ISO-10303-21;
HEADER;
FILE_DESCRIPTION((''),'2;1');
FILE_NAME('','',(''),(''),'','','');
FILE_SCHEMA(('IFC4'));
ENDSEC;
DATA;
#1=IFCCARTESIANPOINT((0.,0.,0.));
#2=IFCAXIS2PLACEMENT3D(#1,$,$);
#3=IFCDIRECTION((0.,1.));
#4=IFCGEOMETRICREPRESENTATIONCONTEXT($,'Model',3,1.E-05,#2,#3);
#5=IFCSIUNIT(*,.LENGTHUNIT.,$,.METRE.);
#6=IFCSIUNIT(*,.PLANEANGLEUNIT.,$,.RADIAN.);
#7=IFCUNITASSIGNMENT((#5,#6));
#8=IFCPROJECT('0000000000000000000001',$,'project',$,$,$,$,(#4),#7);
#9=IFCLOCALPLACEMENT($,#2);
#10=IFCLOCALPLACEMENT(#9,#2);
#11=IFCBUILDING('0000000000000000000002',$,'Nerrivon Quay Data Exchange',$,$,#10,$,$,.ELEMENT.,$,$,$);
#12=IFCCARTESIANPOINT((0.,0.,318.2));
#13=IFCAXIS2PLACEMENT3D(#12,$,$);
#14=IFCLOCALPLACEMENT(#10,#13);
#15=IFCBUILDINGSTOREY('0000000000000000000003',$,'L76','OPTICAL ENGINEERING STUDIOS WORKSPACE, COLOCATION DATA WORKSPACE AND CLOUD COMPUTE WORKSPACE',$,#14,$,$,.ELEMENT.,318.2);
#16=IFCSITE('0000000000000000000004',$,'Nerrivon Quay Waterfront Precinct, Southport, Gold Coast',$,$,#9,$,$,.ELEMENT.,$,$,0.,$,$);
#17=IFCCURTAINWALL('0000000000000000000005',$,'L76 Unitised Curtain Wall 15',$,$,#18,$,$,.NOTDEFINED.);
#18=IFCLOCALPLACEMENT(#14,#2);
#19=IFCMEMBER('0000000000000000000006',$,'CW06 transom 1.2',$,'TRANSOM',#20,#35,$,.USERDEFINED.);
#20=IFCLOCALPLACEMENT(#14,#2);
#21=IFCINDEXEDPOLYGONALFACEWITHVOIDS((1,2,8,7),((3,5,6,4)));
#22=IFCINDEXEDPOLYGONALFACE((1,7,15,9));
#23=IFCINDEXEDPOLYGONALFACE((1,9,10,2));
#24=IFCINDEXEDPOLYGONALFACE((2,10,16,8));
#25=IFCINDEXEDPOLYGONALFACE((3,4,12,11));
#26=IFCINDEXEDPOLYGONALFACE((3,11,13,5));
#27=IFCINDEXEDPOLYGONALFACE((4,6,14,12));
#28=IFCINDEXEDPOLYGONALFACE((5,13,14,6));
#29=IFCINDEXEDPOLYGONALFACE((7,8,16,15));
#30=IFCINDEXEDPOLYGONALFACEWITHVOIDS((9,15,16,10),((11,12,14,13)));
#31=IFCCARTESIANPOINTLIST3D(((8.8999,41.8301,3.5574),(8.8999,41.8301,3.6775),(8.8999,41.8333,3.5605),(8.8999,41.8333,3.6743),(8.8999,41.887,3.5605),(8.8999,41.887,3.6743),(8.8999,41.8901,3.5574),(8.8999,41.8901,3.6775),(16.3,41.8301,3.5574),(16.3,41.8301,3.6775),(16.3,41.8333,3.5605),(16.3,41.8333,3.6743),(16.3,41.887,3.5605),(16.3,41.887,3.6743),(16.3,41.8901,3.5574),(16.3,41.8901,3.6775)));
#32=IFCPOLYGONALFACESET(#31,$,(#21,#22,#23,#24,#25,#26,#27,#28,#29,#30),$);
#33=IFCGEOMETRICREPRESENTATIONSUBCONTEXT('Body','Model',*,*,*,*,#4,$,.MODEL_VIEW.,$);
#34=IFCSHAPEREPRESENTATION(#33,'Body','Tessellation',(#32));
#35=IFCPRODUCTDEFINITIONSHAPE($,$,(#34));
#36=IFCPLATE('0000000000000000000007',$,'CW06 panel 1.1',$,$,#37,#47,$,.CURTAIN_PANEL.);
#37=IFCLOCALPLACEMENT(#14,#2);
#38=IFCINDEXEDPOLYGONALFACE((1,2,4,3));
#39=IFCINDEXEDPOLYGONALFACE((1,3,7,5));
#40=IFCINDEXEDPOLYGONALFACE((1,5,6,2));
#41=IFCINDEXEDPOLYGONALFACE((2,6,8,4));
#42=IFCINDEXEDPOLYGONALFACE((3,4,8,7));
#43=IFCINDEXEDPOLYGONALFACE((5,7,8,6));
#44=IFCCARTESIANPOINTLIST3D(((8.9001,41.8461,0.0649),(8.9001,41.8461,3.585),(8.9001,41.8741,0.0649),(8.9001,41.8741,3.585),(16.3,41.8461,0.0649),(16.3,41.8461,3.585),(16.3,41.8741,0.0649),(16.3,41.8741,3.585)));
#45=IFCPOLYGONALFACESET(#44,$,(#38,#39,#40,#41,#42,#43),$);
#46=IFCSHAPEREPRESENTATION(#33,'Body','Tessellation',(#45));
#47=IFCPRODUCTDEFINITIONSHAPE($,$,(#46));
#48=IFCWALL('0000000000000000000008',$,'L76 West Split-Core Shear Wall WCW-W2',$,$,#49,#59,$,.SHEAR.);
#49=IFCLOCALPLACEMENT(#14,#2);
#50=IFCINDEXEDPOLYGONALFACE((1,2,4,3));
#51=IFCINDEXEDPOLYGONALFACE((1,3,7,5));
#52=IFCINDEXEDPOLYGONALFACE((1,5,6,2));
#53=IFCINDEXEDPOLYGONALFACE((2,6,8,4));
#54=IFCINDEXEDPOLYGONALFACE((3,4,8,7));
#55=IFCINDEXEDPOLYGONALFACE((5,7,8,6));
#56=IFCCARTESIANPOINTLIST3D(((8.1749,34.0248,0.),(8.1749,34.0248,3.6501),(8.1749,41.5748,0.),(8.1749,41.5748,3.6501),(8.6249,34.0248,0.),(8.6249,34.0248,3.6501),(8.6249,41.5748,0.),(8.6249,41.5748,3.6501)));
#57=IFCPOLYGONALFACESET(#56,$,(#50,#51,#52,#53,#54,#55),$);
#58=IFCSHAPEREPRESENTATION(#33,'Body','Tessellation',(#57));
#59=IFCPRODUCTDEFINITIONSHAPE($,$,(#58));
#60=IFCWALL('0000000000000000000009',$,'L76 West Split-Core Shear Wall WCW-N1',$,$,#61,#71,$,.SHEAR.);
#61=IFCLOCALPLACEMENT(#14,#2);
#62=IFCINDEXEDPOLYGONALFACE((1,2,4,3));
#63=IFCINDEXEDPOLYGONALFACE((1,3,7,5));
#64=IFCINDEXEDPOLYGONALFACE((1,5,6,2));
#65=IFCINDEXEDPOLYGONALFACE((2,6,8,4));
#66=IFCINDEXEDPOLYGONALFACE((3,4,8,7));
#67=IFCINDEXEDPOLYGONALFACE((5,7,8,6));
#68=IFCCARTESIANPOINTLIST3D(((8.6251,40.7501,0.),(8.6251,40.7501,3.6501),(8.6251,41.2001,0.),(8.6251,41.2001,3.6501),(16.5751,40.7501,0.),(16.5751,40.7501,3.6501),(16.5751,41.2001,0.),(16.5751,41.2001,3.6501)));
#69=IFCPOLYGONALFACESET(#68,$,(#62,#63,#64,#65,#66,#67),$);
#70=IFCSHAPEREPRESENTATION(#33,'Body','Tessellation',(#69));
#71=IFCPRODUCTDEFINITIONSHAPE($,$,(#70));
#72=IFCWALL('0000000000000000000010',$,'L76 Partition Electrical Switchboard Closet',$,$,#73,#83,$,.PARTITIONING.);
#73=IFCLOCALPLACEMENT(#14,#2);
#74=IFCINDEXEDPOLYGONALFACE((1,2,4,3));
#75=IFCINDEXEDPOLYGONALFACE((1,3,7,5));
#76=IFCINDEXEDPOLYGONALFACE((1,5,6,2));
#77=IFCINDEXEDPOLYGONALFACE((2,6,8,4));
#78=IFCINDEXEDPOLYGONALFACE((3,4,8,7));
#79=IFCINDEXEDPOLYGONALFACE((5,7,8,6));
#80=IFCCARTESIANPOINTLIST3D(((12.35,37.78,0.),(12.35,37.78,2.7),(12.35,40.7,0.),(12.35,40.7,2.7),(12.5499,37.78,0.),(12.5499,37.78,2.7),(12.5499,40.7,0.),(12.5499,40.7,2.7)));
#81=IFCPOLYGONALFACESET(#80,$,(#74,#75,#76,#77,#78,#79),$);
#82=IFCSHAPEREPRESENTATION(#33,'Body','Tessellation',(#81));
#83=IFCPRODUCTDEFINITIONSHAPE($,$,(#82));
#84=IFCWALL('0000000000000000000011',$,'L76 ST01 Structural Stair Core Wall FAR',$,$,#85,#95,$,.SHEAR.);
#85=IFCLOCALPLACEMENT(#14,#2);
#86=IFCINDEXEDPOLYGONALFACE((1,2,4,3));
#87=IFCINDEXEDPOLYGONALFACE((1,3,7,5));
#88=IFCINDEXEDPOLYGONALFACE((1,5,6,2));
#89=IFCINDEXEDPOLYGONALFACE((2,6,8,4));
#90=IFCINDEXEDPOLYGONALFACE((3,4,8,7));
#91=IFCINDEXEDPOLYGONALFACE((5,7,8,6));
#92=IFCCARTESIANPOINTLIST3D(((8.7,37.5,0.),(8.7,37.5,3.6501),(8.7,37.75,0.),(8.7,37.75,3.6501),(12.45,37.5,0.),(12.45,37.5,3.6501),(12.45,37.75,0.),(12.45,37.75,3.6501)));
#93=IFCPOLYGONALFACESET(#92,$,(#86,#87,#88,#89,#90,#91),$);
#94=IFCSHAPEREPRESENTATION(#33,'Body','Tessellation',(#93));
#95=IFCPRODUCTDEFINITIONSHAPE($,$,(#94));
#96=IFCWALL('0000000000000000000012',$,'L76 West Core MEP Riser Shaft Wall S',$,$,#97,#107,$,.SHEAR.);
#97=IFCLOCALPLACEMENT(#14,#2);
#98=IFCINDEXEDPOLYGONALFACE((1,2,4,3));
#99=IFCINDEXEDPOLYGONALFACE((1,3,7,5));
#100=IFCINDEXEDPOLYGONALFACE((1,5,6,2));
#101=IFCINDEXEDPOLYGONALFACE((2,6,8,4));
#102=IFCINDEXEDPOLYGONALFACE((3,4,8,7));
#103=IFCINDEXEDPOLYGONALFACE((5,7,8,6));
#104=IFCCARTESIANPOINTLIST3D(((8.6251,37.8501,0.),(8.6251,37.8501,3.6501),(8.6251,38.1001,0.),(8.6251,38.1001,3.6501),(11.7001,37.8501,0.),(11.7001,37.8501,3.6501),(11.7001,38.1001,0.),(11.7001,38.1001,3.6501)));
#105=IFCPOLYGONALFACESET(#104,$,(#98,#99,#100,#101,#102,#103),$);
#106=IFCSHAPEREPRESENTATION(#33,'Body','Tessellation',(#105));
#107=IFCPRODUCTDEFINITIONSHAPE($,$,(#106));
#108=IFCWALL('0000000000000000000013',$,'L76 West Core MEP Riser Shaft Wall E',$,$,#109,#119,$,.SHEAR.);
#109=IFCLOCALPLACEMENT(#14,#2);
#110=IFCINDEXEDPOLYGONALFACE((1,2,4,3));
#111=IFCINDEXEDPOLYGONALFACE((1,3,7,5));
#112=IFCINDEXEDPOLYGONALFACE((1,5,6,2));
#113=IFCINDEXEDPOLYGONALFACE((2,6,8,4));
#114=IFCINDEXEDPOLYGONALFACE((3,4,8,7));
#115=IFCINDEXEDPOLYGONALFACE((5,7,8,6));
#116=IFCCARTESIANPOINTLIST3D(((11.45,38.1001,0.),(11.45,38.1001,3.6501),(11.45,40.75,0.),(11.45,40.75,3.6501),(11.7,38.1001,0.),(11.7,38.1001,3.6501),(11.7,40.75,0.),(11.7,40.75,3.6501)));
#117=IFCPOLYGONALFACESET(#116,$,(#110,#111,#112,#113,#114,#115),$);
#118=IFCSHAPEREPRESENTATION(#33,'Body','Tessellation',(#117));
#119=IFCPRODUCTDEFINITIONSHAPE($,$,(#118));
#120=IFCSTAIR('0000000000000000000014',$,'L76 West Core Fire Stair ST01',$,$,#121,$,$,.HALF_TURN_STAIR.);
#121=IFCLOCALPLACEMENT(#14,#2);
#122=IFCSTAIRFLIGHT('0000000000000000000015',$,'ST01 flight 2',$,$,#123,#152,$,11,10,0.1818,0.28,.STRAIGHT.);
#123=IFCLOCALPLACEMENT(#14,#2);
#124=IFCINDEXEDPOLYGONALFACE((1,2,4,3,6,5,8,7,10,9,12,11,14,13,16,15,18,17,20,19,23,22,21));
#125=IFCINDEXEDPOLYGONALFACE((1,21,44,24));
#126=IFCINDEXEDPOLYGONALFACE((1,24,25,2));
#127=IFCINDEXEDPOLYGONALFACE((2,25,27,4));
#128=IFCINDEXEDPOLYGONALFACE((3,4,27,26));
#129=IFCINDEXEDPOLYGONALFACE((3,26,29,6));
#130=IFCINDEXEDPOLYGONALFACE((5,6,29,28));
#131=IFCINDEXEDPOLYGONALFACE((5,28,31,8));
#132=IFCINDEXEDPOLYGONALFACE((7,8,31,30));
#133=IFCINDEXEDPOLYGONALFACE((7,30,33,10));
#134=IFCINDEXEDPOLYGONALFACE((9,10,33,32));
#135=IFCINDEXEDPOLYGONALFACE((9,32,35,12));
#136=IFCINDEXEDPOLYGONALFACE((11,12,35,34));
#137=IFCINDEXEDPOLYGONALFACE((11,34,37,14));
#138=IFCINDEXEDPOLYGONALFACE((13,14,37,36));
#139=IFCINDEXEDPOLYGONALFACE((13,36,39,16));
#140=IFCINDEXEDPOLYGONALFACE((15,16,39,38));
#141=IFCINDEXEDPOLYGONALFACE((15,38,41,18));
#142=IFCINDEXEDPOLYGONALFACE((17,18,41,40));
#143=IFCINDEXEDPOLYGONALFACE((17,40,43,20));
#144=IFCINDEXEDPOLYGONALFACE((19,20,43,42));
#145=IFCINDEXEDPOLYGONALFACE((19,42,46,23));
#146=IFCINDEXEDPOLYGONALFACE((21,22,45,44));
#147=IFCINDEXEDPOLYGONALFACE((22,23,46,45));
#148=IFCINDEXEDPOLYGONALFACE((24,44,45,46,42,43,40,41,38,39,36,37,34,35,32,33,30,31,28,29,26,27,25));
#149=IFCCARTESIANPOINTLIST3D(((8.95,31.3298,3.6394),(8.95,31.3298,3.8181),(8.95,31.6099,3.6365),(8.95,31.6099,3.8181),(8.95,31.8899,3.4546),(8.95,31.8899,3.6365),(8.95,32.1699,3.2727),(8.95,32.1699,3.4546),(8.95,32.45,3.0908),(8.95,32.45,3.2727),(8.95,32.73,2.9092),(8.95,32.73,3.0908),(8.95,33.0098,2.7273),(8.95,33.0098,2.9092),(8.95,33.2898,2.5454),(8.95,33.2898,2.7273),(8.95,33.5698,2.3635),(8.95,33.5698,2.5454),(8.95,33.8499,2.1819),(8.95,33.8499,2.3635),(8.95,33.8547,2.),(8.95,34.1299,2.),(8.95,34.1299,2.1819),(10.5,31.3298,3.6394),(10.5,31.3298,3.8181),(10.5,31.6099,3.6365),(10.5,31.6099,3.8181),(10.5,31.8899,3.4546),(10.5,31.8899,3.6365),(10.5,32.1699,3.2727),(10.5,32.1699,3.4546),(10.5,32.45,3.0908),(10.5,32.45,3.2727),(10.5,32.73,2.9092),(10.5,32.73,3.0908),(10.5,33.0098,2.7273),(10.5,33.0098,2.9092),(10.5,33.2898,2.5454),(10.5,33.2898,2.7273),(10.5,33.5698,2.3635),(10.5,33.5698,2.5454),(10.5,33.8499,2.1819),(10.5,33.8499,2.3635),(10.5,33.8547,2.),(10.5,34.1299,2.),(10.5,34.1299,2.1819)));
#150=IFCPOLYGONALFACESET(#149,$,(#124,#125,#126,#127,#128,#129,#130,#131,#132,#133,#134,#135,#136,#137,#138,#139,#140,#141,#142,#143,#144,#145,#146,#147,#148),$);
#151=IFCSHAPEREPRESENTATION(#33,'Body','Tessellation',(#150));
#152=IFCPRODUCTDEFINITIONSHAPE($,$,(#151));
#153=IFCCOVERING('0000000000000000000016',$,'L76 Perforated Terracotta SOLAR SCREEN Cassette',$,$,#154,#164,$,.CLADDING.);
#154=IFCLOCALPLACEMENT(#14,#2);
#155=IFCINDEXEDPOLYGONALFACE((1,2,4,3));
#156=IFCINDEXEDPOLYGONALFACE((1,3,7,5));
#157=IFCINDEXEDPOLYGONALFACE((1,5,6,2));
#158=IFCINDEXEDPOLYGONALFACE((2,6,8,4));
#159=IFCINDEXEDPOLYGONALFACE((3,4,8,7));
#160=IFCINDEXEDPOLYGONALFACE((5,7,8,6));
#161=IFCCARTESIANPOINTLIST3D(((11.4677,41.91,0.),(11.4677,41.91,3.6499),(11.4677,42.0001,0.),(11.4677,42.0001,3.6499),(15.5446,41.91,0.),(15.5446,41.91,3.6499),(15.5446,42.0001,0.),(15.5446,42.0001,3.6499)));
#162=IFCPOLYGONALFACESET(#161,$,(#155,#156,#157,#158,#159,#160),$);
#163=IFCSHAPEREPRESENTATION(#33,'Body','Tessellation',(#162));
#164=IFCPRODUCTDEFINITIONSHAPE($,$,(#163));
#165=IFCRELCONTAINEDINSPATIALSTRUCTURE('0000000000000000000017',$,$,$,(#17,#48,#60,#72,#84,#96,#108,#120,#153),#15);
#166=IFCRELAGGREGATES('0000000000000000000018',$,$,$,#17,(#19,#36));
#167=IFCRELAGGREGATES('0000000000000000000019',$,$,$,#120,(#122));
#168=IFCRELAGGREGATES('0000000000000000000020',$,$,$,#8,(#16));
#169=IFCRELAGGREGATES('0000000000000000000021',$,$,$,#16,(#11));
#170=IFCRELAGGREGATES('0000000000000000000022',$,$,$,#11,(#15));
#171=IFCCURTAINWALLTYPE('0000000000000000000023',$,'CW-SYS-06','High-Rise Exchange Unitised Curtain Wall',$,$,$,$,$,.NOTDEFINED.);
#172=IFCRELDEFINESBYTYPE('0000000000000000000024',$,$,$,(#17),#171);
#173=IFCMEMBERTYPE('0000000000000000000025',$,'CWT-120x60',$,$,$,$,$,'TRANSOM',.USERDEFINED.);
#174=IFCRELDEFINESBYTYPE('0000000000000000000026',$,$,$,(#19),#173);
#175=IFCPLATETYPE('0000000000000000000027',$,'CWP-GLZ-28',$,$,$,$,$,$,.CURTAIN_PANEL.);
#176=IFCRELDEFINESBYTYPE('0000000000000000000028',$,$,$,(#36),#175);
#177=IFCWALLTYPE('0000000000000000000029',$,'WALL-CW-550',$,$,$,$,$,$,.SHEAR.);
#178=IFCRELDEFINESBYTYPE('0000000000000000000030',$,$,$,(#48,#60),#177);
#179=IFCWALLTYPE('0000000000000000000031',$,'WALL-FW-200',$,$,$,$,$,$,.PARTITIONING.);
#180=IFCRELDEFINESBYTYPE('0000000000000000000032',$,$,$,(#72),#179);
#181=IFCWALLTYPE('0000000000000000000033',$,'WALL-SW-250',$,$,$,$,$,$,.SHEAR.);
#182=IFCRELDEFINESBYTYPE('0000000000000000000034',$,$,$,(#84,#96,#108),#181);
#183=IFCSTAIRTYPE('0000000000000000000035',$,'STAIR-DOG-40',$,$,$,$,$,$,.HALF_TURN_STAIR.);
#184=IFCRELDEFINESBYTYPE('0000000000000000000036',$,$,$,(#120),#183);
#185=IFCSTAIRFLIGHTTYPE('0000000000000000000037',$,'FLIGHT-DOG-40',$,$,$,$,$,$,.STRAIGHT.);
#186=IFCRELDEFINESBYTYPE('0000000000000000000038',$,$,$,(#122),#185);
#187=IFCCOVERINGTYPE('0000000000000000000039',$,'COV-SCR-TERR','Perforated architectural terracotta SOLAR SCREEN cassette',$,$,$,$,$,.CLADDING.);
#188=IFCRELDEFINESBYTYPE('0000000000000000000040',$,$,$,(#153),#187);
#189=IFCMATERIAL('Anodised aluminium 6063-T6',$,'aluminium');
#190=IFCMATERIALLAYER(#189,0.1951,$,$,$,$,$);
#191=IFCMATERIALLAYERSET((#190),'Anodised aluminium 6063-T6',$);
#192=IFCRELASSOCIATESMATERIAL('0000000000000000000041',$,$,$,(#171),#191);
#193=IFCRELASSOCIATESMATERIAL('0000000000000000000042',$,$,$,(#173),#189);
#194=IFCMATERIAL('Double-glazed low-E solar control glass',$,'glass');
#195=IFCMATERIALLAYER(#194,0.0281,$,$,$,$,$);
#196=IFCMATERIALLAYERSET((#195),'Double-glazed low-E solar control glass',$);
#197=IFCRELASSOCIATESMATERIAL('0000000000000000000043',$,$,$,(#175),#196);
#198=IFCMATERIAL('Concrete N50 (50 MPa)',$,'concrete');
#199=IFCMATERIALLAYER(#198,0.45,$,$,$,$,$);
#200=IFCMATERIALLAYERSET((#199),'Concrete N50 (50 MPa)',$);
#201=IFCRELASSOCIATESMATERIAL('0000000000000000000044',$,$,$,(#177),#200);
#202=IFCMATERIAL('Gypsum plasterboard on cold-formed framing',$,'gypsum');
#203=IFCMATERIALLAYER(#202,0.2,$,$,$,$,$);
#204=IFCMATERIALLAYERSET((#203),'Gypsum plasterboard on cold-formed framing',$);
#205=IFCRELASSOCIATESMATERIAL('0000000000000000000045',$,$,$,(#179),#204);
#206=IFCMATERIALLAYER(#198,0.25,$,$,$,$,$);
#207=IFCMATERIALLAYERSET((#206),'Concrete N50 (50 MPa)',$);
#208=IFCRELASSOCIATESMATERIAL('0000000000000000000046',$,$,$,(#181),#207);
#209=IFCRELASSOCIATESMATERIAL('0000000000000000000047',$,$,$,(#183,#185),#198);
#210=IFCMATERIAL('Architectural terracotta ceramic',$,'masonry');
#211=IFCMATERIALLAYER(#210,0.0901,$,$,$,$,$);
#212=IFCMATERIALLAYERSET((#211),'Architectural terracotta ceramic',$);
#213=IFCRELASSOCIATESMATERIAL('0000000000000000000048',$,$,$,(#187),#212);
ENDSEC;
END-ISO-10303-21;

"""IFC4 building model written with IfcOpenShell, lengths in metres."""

from ifc_helpers import new_model, si_unit, direction, frame, frame_2d, origin, origin_2d, place, context, subcontext, project, spatial, polyline, rectangle, hollow_rectangle, outline, extrude, material, layer, layer_set, material_profile, profile_set, type_object, element, aggregate, save


model = new_model("IFC4")

# Units and contexts
model_context = context("Model", 3, precision=1e-05, world=origin(), true_north=direction((0.0, 1.0)))
body_context = subcontext(model_context, "Body", "Model", "MODEL_VIEW")
ifc_project = project(units=[si_unit("LENGTHUNIT", "METRE"), si_unit("PLANEANGLEUNIT", "RADIAN")], contexts=[model_context])

# Site, building, storey
site_placement = place(None, origin())
site = spatial("IfcSite", under=ifc_project, at=site_placement, Name="Nerrivon Quay Waterfront Precinct, Southport, Gold Coast", CompositionType="ELEMENT", RefElevation=0.0)
building_placement = place(site_placement, origin())
building = spatial("IfcBuilding", under=site, at=building_placement, Name="Nerrivon Quay Data Exchange", CompositionType="ELEMENT")
storey_placement = place(building_placement, frame((0.0, 0.0, 318.2)))
storey = spatial("IfcBuildingStorey", under=building, at=storey_placement, Name="L76", Description="OPTICAL ENGINEERING STUDIOS WORKSPACE, COLOCATION DATA WORKSPACE AND CLOUD COMPUTE WORKSPACE", CompositionType="ELEMENT", Elevation=318.2)

# Shared definitions
ifc_material_1 = material(Name="Concrete N50 (50 MPa)", Category="concrete")

# Curtain wall, member, plate
ifc_material_2 = material(Name="Anodised aluminium 6063-T6", Category="aluminium")
ifc_layer_1 = layer(ifc_material_2, 0.1951)
ifc_layer_set_1 = layer_set([ifc_layer_1], Name="Anodised aluminium 6063-T6")
curtain_wall_type = type_object("IfcCurtainWallType", Name="CW-SYS-06", Description="High-Rise Exchange Unitised Curtain Wall", PredefinedType="NOTDEFINED", material=ifc_layer_set_1)
curtain_wall_placement = place(storey_placement, origin())
curtain_wall = element("IfcCurtainWall", 1, at=curtain_wall_placement, inside=storey, type_object=curtain_wall_type, Name="L76 Unitised Curtain Wall 15", PredefinedType="NOTDEFINED")
ifc_material_profile_1 = material_profile(ifc_material_2, hollow_rectangle(XDim=0.0601, YDim=0.1201, WallThickness=0.0032, at=origin_2d()), Name="ALU-TRAN-120x60")
ifc_profile_set_1 = profile_set([ifc_material_profile_1], Name="Anodised aluminium 6063-T6")
member_type_1 = type_object("IfcMemberType", Name="CWT-120x60", ElementType="TRANSOM", PredefinedType="USERDEFINED", material=ifc_profile_set_1)
member_1_placement = place(storey_placement, frame((8.8999, 41.8601, 3.6174), z_axis=(1.0, 0.0, 0.0), x_axis=(0.0, 1.0, 0.0)))
member_1 = element("IfcMember", 2, at=member_1_placement, type_object=member_type_1, Name="CW06 transom 1.2", ObjectType="TRANSOM", PredefinedType="USERDEFINED", context=body_context, shape_type="SweptSolid", body=[
    extrude(hollow_rectangle(XDim=0.0601, YDim=0.1201, WallThickness=0.0032, at=origin_2d()), origin(), (0.0, 0.0, 1.0), 7.4001),
])
ifc_material_3 = material(Name="Double-glazed low-E solar control glass", Category="glass")
ifc_layer_2 = layer(ifc_material_3, 0.0281)
ifc_layer_set_2 = layer_set([ifc_layer_2], Name="Double-glazed low-E solar control glass")
plate_type = type_object("IfcPlateType", Name="CWP-GLZ-28", PredefinedType="CURTAIN_PANEL", material=ifc_layer_set_2)
plate_placement = place(storey_placement, frame((12.6001, 41.8601, 0.0649), z_axis=(0.0, 0.0, 1.0), x_axis=(1.0, 0.0, 0.0)))
plate = element("IfcPlate", 3, at=plate_placement, type_object=plate_type, Name="CW06 panel 1.1", PredefinedType="CURTAIN_PANEL", context=body_context, shape_type="SweptSolid", body=[
    extrude(rectangle(XDim=7.3999, YDim=0.0281, at=origin_2d()), origin(), (0.0, 0.0, 1.0), 3.52),
])
aggregate(curtain_wall, [member_1, plate])

# Walls
ifc_layer_3 = layer(ifc_material_1, 0.45)
ifc_layer_set_3 = layer_set([ifc_layer_3], Name="Concrete N50 (50 MPa)")
wall_type_1 = type_object("IfcWallType", Name="WALL-CW-550", PredefinedType="SHEAR", material=ifc_layer_set_3)
wall_1_placement = place(storey_placement, frame((8.3999, 34.0249, 0.0), z_axis=(0.0, 0.0, 1.0), x_axis=(0.0, 1.0, 0.0)))
element("IfcWall", 4, at=wall_1_placement, inside=storey, type_object=wall_type_1, Name="L76 West Split-Core Shear Wall WCW-W2", PredefinedType="SHEAR", context=body_context, shape_type="SweptSolid", body=[
    extrude(rectangle(XDim=7.55, YDim=0.45, at=frame_2d((3.7749, 0.0))), origin(), (0.0, 0.0, 1.0), 3.6501),
])
wall_2_placement = place(storey_placement, frame((8.625, 40.9751, 0.0), z_axis=(0.0, 0.0, 1.0), x_axis=(1.0, 0.0, 0.0)))
element("IfcWall", 5, at=wall_2_placement, inside=storey, type_object=wall_type_1, Name="L76 West Split-Core Shear Wall WCW-N1", PredefinedType="SHEAR", context=body_context, shape_type="SweptSolid", body=[
    extrude(rectangle(XDim=7.95, YDim=0.45, at=frame_2d((3.9751, 0.0))), origin(), (0.0, 0.0, 1.0), 3.6501),
])

# Shared definitions
ifc_material_4 = material(Name="Gypsum plasterboard on cold-formed framing", Category="gypsum")
ifc_layer_4 = layer(ifc_material_4, 0.2)
ifc_layer_set_4 = layer_set([ifc_layer_4], Name="Gypsum plasterboard on cold-formed framing")
wall_type_2 = type_object("IfcWallType", Name="WALL-FW-200", PredefinedType="PARTITIONING", material=ifc_layer_set_4)

# Walls
wall_3_placement = place(storey_placement, frame((12.45, 40.7, 0.0), z_axis=(0.0, 0.0, 1.0), x_axis=(0.0, -1.0, 0.0)))
element("IfcWall", 6, at=wall_3_placement, inside=storey, type_object=wall_type_2, Name="L76 Partition Electrical Switchboard Closet", PredefinedType="PARTITIONING", context=body_context, shape_type="SweptSolid", body=[
    extrude(rectangle(XDim=2.9199, YDim=0.2, at=frame_2d((1.46, 0.0))), origin(), (0.0, 0.0, 1.0), 2.7),
])
ifc_layer_5 = layer(ifc_material_1, 0.25)
ifc_layer_set_5 = layer_set([ifc_layer_5], Name="Concrete N50 (50 MPa)")
wall_type_3 = type_object("IfcWallType", Name="WALL-SW-250", PredefinedType="SHEAR", material=ifc_layer_set_5)
wall_4_placement = place(storey_placement, frame((12.45, 37.625, 0.0), z_axis=(0.0, 0.0, 1.0), x_axis=(-1.0, 0.0, 0.0)))
element("IfcWall", 7, at=wall_4_placement, inside=storey, type_object=wall_type_3, Name="L76 ST01 Structural Stair Core Wall FAR", PredefinedType="SHEAR", context=body_context, shape_type="SweptSolid", body=[
    extrude(rectangle(XDim=3.75, YDim=0.25, at=frame_2d((1.875, 0.0))), origin(), (0.0, 0.0, 1.0), 3.6501),
])
wall_5_placement = place(storey_placement, frame((8.625, 37.9751, 0.0), z_axis=(0.0, 0.0, 1.0), x_axis=(1.0, 0.0, 0.0)))
element("IfcWall", 8, at=wall_5_placement, inside=storey, type_object=wall_type_3, Name="L76 West Core MEP Riser Shaft Wall S", PredefinedType="SHEAR", context=body_context, shape_type="SweptSolid", body=[
    extrude(rectangle(XDim=3.075, YDim=0.25, at=frame_2d((1.5376, 0.0))), origin(), (0.0, 0.0, 1.0), 3.6501),
])
wall_6_placement = place(storey_placement, frame((11.575, 38.1001, 0.0), z_axis=(0.0, 0.0, 1.0), x_axis=(0.0, 1.0, 0.0)))
element("IfcWall", 9, at=wall_6_placement, inside=storey, type_object=wall_type_3, Name="L76 West Core MEP Riser Shaft Wall E", PredefinedType="SHEAR", context=body_context, shape_type="SweptSolid", body=[
    extrude(rectangle(XDim=2.6499, YDim=0.25, at=frame_2d((1.325, 0.0))), origin(), (0.0, 0.0, 1.0), 3.6501),
])

# Stair, stair flight
stair_type = type_object("IfcStairType", Name="STAIR-DOG-40", PredefinedType="HALF_TURN_STAIR", material=ifc_material_1)
stair_placement = place(storey_placement, origin())
stair = element("IfcStair", 10, at=stair_placement, inside=storey, type_object=stair_type, Name="L76 West Core Fire Stair ST01", PredefinedType="HALF_TURN_STAIR")
stair_flight_type = type_object("IfcStairFlightType", Name="FLIGHT-DOG-40", PredefinedType="STRAIGHT", material=ifc_material_1)
stair_flight_placement = place(storey_placement, frame((9.7251, 34.1299, 2.0), z_axis=(0.0, 0.0, 1.0), x_axis=(0.0, -1.0, 0.0)))
stair_flight = element("IfcStairFlight", 11, at=stair_flight_placement, type_object=stair_flight_type, Name="ST01 flight 2", NumberOfRisers=11, NumberOfTreads=10, PredefinedType="STRAIGHT", RiserHeight=0.1818, TreadLength=0.28, context=body_context, shape_type="SweptSolid", body=[
    extrude(outline(polyline([(0.0, 0.0), (0.0, 0.1819), (0.28, 0.1819), (0.28, 0.3635), (0.5601, 0.3635), (0.5601, 0.5454), (0.8401, 0.5454), (0.8401, 0.7273), (1.1201, 0.7273), (1.1201, 0.9092), (1.3999, 0.9092), (1.3999, 1.0908), (1.6799, 1.0908), (1.6799, 1.2727), (1.96, 1.2727), (1.96, 1.4546), (2.24, 1.4546), (2.24, 1.6365), (2.52, 1.6365), (2.52, 1.8181), (2.8, 1.8181), (2.8, 2.0), (2.8, 1.6394), (0.2751, 0.0), (0.0, 0.0)])), frame((0.0, 0.7749, 0.0), z_axis=(0.0, -1.0, 0.0), x_axis=(1.0, 0.0, 0.0)), (0.0, 0.0, 1.0), 1.55),
])
aggregate(stair, [stair_flight])

# Covering
ifc_material_5 = material(Name="Architectural terracotta ceramic", Category="masonry")
ifc_layer_6 = layer(ifc_material_5, 0.0901)
ifc_layer_set_6 = layer_set([ifc_layer_6], Name="Architectural terracotta ceramic")
covering_type = type_object("IfcCoveringType", Name="COV-SCR-TERR", Description="Perforated architectural terracotta SOLAR SCREEN cassette", PredefinedType="CLADDING", material=ifc_layer_set_6)
covering_placement = place(storey_placement, frame((13.5061, 41.9551, 0.0), z_axis=(0.0, 0.0, 1.0), x_axis=(1.0, 0.0, 0.0)))
element("IfcCovering", 12, at=covering_placement, inside=storey, type_object=covering_type, Name="L76 Perforated Terracotta SOLAR SCREEN Cassette", PredefinedType="CLADDING", context=body_context, shape_type="SweptSolid", body=[
    extrude(rectangle(XDim=4.0769, YDim=0.0901, at=origin_2d()), origin(), (0.0, 0.0, 1.0), 3.6499),
])

save(model, "model.ifc")
